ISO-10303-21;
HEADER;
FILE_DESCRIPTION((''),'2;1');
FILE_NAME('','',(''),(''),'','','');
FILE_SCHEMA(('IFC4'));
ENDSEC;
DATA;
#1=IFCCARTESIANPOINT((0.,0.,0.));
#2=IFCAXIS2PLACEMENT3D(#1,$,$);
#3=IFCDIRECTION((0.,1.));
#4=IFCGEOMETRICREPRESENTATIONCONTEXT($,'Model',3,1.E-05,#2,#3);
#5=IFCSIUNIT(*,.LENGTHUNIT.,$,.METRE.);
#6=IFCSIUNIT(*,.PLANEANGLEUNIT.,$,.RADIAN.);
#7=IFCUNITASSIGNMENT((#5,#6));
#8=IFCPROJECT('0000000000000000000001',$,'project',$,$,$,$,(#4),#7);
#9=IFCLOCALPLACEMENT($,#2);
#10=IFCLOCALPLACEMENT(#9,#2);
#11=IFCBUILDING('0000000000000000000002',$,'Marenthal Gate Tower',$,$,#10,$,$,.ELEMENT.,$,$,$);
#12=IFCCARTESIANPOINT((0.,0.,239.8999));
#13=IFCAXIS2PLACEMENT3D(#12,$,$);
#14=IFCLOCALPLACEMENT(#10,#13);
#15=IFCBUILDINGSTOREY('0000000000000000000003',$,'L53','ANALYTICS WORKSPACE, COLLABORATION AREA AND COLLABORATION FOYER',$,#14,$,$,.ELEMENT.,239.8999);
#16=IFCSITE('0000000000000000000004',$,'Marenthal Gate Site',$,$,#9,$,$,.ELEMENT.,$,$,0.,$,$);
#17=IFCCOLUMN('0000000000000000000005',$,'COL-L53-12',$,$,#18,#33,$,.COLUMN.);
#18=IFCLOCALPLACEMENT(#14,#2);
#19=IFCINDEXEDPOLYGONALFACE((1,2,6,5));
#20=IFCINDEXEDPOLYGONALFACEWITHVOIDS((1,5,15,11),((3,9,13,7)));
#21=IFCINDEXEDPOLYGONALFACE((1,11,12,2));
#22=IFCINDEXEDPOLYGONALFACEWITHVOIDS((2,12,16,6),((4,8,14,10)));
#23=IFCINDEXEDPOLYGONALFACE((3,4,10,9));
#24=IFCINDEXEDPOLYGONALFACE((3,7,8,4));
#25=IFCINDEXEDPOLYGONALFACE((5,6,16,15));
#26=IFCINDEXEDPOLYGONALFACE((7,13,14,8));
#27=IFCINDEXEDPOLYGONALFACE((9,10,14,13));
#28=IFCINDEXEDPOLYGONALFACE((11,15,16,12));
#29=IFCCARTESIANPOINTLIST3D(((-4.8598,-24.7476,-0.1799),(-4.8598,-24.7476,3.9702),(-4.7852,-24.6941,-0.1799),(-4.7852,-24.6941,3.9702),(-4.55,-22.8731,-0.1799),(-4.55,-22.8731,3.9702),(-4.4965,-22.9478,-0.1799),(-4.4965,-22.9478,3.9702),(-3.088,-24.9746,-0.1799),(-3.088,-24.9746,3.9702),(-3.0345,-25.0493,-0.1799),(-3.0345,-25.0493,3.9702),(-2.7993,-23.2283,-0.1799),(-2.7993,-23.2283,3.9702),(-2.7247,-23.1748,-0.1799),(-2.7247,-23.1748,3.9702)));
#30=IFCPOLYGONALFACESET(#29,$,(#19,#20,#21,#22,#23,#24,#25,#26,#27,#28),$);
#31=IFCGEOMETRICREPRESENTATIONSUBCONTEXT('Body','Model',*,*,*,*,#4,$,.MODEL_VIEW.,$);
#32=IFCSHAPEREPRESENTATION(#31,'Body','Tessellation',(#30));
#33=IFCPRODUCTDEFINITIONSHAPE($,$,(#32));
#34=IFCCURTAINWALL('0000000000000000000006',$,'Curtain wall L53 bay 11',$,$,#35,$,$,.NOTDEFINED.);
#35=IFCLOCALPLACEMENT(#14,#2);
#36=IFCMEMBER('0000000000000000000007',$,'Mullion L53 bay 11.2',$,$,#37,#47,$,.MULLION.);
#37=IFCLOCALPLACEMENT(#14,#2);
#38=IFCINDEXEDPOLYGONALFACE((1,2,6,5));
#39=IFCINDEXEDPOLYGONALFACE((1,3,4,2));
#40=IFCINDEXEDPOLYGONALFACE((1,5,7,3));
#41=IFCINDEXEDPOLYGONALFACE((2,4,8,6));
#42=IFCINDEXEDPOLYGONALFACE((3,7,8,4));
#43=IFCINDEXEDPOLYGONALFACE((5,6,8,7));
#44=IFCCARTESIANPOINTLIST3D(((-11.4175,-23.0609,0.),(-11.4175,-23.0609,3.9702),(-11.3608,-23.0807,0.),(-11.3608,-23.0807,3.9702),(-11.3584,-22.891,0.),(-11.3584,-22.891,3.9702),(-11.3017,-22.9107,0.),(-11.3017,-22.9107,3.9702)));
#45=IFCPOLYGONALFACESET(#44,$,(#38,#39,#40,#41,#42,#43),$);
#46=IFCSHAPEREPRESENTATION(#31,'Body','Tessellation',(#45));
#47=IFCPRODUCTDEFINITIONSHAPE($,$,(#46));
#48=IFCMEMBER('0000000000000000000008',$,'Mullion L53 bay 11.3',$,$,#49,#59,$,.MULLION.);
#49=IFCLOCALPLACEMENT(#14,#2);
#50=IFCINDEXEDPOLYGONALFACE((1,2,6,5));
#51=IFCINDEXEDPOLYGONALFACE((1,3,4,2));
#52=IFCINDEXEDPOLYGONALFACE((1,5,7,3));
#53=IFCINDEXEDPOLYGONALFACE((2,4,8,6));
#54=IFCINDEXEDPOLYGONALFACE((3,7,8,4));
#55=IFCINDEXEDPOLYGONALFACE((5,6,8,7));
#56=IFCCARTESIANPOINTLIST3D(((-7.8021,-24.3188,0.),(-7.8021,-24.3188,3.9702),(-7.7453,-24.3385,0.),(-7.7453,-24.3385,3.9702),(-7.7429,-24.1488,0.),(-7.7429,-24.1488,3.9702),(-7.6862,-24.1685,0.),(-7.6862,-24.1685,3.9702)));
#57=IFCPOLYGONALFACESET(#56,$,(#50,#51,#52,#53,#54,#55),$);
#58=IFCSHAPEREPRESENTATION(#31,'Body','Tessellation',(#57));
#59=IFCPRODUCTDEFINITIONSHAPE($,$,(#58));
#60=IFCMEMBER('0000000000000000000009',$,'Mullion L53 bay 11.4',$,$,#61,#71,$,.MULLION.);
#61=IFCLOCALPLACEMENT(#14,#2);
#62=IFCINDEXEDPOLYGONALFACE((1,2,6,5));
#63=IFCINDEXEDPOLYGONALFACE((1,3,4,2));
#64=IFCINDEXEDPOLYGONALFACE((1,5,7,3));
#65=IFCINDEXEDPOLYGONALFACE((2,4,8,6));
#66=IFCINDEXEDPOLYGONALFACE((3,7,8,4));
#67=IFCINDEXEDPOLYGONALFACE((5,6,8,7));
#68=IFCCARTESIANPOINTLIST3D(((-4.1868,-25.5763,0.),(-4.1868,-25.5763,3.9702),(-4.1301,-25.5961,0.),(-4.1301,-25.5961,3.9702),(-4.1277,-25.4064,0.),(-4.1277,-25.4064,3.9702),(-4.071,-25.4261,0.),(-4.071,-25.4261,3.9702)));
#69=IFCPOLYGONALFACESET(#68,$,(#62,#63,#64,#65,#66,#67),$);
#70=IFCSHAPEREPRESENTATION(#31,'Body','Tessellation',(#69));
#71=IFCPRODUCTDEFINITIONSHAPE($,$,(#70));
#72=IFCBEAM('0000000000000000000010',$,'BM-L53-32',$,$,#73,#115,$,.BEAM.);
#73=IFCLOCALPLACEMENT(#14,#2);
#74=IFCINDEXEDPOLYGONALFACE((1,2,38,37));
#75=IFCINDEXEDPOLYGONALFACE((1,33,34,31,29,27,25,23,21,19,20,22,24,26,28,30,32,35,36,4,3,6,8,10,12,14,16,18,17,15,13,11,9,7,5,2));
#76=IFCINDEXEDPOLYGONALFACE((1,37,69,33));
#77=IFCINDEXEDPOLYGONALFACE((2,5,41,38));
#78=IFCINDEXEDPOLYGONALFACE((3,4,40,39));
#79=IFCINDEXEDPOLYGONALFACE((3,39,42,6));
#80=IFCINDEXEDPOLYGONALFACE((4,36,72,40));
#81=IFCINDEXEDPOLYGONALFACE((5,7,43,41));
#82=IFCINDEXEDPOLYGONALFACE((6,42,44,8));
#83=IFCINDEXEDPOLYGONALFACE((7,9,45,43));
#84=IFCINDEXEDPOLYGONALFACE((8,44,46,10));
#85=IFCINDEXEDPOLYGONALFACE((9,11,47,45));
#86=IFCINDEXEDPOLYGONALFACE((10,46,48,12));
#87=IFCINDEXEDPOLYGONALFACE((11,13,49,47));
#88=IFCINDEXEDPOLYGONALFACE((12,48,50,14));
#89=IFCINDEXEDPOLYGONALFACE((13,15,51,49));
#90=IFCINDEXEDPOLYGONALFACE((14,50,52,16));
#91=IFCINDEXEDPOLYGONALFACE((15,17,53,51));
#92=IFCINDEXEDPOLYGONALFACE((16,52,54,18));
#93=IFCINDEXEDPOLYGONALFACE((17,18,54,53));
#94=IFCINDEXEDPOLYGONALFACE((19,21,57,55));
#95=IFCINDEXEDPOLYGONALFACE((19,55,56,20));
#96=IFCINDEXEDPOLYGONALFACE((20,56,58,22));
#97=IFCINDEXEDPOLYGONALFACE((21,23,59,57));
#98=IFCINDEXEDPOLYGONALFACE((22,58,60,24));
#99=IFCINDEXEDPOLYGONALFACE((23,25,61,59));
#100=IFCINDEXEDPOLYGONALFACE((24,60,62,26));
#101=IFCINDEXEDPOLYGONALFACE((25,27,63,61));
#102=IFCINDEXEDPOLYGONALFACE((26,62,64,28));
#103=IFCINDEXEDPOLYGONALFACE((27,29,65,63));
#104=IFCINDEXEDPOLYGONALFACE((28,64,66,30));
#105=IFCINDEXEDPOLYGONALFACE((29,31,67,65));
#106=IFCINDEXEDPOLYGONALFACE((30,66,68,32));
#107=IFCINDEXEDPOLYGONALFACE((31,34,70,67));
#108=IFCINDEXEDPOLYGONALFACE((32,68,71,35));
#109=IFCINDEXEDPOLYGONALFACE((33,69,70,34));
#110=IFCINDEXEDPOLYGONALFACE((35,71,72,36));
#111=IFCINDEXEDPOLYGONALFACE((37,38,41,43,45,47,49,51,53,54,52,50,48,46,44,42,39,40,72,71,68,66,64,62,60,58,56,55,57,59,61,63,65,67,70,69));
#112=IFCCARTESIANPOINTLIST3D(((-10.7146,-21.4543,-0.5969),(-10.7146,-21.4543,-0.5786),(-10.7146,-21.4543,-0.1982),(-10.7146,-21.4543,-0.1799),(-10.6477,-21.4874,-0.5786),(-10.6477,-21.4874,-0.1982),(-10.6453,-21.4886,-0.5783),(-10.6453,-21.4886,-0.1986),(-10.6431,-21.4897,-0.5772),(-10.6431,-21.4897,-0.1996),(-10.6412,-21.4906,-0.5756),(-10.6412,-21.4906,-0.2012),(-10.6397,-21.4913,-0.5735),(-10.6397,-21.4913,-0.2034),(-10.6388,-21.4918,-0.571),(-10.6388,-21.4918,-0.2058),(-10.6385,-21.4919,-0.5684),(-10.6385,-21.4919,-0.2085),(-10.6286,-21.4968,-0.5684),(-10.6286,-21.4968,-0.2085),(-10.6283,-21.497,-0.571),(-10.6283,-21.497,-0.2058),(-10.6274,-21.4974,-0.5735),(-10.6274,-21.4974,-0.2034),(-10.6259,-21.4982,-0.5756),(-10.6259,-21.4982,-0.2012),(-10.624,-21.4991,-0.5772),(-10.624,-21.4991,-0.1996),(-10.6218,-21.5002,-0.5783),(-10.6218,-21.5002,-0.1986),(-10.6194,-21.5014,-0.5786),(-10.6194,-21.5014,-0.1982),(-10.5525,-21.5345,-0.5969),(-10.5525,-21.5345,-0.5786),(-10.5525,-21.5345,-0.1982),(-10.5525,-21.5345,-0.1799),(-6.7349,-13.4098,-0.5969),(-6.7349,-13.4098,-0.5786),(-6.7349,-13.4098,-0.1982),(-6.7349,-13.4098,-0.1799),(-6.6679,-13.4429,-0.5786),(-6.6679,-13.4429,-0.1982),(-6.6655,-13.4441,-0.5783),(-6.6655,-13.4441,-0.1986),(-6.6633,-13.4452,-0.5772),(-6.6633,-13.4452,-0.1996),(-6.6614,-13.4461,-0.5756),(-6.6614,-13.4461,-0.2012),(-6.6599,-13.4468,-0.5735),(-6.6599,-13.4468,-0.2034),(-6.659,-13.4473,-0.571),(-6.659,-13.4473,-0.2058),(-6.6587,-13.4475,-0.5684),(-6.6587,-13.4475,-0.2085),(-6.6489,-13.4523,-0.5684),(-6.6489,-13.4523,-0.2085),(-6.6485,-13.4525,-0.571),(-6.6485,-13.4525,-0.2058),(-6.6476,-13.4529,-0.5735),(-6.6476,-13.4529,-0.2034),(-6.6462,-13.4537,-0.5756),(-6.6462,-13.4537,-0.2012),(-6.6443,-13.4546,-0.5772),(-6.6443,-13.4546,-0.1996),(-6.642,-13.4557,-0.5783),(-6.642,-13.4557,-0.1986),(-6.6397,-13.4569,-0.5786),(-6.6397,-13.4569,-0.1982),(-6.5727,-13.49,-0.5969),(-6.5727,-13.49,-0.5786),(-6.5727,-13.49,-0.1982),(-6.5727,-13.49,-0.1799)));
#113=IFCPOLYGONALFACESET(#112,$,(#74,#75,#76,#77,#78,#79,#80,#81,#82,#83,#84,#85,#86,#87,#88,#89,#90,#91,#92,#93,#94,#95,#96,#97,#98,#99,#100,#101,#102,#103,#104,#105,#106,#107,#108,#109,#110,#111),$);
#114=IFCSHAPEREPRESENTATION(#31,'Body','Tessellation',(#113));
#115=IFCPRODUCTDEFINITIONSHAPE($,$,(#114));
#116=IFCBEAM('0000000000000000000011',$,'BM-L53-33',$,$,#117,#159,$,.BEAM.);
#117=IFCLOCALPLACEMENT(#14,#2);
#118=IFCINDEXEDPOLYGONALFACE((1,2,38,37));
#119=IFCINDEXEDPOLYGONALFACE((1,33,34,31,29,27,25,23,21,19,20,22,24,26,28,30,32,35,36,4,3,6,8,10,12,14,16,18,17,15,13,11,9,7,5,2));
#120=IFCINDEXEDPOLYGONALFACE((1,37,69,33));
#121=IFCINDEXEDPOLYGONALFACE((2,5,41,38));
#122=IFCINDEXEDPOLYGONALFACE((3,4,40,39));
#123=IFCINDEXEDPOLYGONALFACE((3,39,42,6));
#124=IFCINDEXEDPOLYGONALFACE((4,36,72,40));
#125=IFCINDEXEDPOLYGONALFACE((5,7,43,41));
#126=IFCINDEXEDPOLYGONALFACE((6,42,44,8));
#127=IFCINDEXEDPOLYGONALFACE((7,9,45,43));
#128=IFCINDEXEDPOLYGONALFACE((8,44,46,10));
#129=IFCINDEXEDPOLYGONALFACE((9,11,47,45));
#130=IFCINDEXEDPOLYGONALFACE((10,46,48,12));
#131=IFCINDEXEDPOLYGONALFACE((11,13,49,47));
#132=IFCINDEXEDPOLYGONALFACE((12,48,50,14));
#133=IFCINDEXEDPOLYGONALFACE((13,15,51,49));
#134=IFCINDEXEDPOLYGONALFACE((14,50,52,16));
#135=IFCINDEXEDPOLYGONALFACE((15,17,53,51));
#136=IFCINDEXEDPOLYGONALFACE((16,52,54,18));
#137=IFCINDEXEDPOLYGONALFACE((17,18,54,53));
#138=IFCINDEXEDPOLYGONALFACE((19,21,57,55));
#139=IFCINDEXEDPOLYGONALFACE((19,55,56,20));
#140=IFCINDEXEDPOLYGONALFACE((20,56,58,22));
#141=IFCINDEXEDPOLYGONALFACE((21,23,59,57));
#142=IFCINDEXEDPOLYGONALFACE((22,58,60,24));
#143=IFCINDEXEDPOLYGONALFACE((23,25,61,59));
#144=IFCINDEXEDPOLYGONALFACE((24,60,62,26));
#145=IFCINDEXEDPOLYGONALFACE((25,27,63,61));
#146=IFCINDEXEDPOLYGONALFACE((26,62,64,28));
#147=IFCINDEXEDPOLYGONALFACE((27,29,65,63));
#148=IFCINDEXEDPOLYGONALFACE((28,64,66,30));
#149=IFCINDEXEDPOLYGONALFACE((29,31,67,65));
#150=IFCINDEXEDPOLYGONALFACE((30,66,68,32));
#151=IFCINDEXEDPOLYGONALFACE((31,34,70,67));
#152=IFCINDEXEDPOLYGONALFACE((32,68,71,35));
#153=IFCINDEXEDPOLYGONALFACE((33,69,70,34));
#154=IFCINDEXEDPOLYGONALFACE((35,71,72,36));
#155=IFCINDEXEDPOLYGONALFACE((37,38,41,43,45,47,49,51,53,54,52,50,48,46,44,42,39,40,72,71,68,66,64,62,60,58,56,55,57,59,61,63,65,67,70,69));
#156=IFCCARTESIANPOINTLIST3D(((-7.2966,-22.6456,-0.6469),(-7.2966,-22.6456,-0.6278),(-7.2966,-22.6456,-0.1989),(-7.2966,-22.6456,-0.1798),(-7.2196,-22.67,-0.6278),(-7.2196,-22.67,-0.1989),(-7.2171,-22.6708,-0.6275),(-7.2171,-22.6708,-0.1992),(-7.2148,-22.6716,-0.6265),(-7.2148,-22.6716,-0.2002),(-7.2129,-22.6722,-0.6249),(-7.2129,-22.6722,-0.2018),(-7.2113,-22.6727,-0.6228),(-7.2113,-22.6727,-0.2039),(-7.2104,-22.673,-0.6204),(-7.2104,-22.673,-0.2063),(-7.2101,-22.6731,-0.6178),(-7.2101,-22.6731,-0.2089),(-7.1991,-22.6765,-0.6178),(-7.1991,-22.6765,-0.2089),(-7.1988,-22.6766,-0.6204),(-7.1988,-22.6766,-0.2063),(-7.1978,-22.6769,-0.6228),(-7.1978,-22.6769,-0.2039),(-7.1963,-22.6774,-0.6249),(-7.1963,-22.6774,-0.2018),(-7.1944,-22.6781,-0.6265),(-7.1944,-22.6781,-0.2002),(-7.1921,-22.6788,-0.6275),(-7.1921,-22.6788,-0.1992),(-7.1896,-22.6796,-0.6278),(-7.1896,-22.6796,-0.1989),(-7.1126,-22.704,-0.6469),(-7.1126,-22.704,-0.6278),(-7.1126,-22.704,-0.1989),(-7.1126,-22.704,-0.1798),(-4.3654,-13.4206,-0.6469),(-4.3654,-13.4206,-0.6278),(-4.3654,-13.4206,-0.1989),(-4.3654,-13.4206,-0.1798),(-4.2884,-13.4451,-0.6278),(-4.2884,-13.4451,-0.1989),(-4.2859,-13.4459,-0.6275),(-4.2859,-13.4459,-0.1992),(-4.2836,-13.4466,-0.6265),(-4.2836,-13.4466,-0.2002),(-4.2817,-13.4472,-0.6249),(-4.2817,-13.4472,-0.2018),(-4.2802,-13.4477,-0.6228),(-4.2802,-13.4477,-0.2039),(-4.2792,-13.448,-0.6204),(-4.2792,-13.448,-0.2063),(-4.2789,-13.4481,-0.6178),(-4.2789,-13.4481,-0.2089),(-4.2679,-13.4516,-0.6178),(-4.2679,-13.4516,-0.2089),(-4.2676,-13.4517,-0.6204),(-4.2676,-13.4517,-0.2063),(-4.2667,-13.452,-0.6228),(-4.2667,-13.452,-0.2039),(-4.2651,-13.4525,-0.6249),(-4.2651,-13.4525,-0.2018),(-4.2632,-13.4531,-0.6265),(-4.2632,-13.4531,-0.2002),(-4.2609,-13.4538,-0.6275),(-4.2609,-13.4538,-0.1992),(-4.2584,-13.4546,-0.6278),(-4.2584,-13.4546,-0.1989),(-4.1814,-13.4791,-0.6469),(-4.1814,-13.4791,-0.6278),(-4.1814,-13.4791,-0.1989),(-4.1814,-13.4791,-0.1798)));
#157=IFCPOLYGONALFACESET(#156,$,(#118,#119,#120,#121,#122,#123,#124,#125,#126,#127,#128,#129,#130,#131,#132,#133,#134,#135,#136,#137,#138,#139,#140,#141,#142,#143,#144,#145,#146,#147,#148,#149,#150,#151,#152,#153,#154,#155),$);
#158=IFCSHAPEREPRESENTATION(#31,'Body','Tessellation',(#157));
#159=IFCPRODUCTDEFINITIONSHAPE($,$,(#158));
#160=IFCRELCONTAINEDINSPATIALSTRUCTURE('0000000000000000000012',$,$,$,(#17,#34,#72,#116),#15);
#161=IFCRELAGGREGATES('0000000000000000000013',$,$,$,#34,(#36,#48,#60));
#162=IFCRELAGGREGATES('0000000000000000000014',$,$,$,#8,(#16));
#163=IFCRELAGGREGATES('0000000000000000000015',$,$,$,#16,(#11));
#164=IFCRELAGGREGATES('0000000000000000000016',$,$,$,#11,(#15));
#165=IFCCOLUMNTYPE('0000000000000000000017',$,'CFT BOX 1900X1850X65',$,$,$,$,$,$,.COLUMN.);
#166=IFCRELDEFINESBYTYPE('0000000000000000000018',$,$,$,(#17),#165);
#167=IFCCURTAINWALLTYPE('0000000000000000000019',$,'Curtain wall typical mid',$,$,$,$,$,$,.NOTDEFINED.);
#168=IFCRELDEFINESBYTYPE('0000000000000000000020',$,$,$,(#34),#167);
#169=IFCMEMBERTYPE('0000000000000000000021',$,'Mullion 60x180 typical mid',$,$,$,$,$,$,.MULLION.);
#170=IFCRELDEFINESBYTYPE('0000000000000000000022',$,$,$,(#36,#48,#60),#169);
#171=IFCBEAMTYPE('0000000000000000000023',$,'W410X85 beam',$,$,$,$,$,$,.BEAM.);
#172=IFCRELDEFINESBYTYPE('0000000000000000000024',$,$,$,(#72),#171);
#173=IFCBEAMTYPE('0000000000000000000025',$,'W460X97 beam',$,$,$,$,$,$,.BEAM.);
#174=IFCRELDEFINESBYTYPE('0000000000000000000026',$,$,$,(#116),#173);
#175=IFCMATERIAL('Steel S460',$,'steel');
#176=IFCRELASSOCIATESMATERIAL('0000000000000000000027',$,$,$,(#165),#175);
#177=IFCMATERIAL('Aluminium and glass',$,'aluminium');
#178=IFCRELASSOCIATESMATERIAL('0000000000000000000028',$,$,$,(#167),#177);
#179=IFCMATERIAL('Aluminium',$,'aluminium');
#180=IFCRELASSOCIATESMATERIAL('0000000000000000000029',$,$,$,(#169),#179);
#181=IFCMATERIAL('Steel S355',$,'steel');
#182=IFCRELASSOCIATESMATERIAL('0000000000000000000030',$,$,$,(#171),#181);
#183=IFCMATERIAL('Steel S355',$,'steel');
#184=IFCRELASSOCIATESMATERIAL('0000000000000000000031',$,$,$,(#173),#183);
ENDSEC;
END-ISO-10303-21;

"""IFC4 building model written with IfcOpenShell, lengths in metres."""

from ifc_helpers import new_model, si_unit, direction, frame, origin, origin_2d, place, context, subcontext, project, spatial, rectangle, hollow_rectangle, i_section, extrude, material, material_profile, profile_set, type_object, element, aggregate, save


model = new_model("IFC4")

# Units and contexts
model_context = context("Model", 3, precision=1e-05, world=origin(), true_north=direction((0.0, 1.0)))
body_context = subcontext(model_context, "Body", "Model", "MODEL_VIEW")
ifc_project = project(units=[si_unit("LENGTHUNIT", "METRE"), si_unit("PLANEANGLEUNIT", "RADIAN")], contexts=[model_context])

# Site, building, storey
site_placement = place(None, origin())
site = spatial("IfcSite", under=ifc_project, at=site_placement, Name="Marenthal Gate Site", CompositionType="ELEMENT", RefElevation=0.0)
building_placement = place(site_placement, origin())
building = spatial("IfcBuilding", under=site, at=building_placement, Name="Marenthal Gate Tower", CompositionType="ELEMENT")
storey_placement = place(building_placement, frame((0.0, 0.0, 239.8999)))
storey = spatial("IfcBuildingStorey", under=building, at=storey_placement, Name="L53", Description="ANALYTICS WORKSPACE, COLLABORATION AREA AND COLLABORATION FOYER", CompositionType="ELEMENT", Elevation=239.8999)

# Column
ifc_material_1 = material(Name="Steel S460", Category="steel")
ifc_material_profile_1 = material_profile(ifc_material_1, hollow_rectangle(XDim=1.8501, YDim=1.8999, WallThickness=0.0649, at=origin_2d()), Name="CFT BOX 1900X1850X65")
ifc_material_2 = material(Name="Concrete 70 MPa", Category="concrete")
ifc_material_profile_2 = material_profile(ifc_material_2, rectangle(XDim=1.72, YDim=1.77, at=origin_2d()), Name="CFT BOX 1900X1850X65 INFILL")
ifc_profile_set_1 = profile_set([ifc_material_profile_1, ifc_material_profile_2], Name="Steel S460 shell, Concrete 70 MPa infill")
column_type = type_object("IfcColumnType", Name="CFT BOX 1900X1850X65", PredefinedType="COLUMN", material=ifc_profile_set_1)
column_placement = place(storey_placement, frame((-3.7922, -23.9612, -0.1799), z_axis=(0.0, 0.0, 1.0), x_axis=(-0.986614, 0.163073, 0.0)))
element("IfcColumn", 1, at=column_placement, inside=storey, type_object=column_type, Name="COL-L53-12", PredefinedType="COLUMN", context=body_context, shape_type="SweptSolid", body=[
    extrude(hollow_rectangle(XDim=1.8501, YDim=1.8999, WallThickness=0.0649, at=origin_2d()), origin(), (0.0, 0.0, 1.0), 4.1501),
])

# Curtain wall, members
ifc_material_3 = material(Name="Aluminium and glass", Category="aluminium")
curtain_wall_type = type_object("IfcCurtainWallType", Name="Curtain wall typical mid", PredefinedType="NOTDEFINED", material=ifc_material_3)
curtain_wall_placement = place(storey_placement, origin())
curtain_wall = element("IfcCurtainWall", 2, at=curtain_wall_placement, inside=storey, type_object=curtain_wall_type, Name="Curtain wall L53 bay 11", PredefinedType="NOTDEFINED")
ifc_material_4 = material(Name="Aluminium", Category="aluminium")
ifc_material_profile_3 = material_profile(ifc_material_4, rectangle(XDim=0.1799, YDim=0.0601, at=origin_2d()), Name="60x180 aluminium mullion")
ifc_profile_set_2 = profile_set([ifc_material_profile_3], Name="Aluminium")
member_type = type_object("IfcMemberType", Name="Mullion 60x180 typical mid", PredefinedType="MULLION", material=ifc_profile_set_2)
member_1_placement = place(storey_placement, frame((-11.3596, -22.9858, 0.0), z_axis=(0.0, 0.0, 1.0), x_axis=(0.32854, 0.94449, 0.0)))
member_1 = element("IfcMember", 3, at=member_1_placement, type_object=member_type, Name="Mullion L53 bay 11.2", PredefinedType="MULLION", context=body_context, shape_type="SweptSolid", body=[
    extrude(rectangle(XDim=0.1799, YDim=0.0601, at=origin_2d()), origin(), (0.0, 0.0, 1.0), 3.9702),
])
member_2_placement = place(storey_placement, frame((-7.7441, -24.2437, 0.0), z_axis=(0.0, 0.0, 1.0), x_axis=(0.32854, 0.94449, 0.0)))
member_2 = element("IfcMember", 4, at=member_2_placement, type_object=member_type, Name="Mullion L53 bay 11.3", PredefinedType="MULLION", context=body_context, shape_type="SweptSolid", body=[
    extrude(rectangle(XDim=0.1799, YDim=0.0601, at=origin_2d()), origin(), (0.0, 0.0, 1.0), 3.9702),
])
member_3_placement = place(storey_placement, frame((-4.1289, -25.5012, 0.0), z_axis=(0.0, 0.0, 1.0), x_axis=(0.32854, 0.94449, 0.0)))
member_3 = element("IfcMember", 5, at=member_3_placement, type_object=member_type, Name="Mullion L53 bay 11.4", PredefinedType="MULLION", context=body_context, shape_type="SweptSolid", body=[
    extrude(rectangle(XDim=0.1799, YDim=0.0601, at=origin_2d()), origin(), (0.0, 0.0, 1.0), 3.9702),
])

# Beams
ifc_material_5 = material(Name="Steel S355", Category="steel")
ifc_material_profile_4 = material_profile(ifc_material_5, i_section(OverallWidth=0.1809, OverallDepth=0.417, WebThickness=0.011, FlangeThickness=0.0183, FilletRadius=0.0103, at=origin_2d()), Name="W410X85")
ifc_profile_set_3 = profile_set([ifc_material_profile_4], Name="Steel S355")
beam_type_1 = type_object("IfcBeamType", Name="W410X85 beam", PredefinedType="BEAM", material=ifc_profile_set_3)
beam_1_placement = place(storey_placement, frame((-10.6335, -21.4944, -0.3884), z_axis=(0.443423, 0.896312, 0.0), x_axis=(-0.896312, 0.443423, 0.0)))
element("IfcBeam", 6, at=beam_1_placement, inside=storey, type_object=beam_type_1, Name="BM-L53-32", PredefinedType="BEAM", context=body_context, shape_type="SweptSolid", body=[
    extrude(i_section(OverallWidth=0.1809, OverallDepth=0.417, WebThickness=0.011, FlangeThickness=0.0183, FilletRadius=0.0103, at=origin_2d()), origin(), (0.0, 0.0, 1.0), 8.9751),
])
ifc_material_6 = material(Name="Steel S355", Category="steel")
ifc_material_profile_5 = material_profile(ifc_material_6, i_section(OverallWidth=0.1931, OverallDepth=0.467, WebThickness=0.0115, FlangeThickness=0.019, FilletRadius=0.01, at=origin_2d()), Name="W460X97")
ifc_profile_set_4 = profile_set([ifc_material_profile_5], Name="Steel S355")
beam_type_2 = type_object("IfcBeamType", Name="W460X97 beam", PredefinedType="BEAM", material=ifc_profile_set_4)
beam_2_placement = place(storey_placement, frame((-7.2046, -22.6748, -0.4133), z_axis=(0.302826, 0.953046, 0.0), x_axis=(-0.953046, 0.302826, 0.0)))
element("IfcBeam", 7, at=beam_2_placement, inside=storey, type_object=beam_type_2, Name="BM-L53-33", PredefinedType="BEAM", context=body_context, shape_type="SweptSolid", body=[
    extrude(i_section(OverallWidth=0.1931, OverallDepth=0.467, WebThickness=0.0115, FlangeThickness=0.019, FilletRadius=0.01, at=origin_2d()), origin(), (0.0, 0.0, 1.0), 9.6794),
])

aggregate(curtain_wall, [member_1, member_2, member_3])

save(model, "model.ifc")
